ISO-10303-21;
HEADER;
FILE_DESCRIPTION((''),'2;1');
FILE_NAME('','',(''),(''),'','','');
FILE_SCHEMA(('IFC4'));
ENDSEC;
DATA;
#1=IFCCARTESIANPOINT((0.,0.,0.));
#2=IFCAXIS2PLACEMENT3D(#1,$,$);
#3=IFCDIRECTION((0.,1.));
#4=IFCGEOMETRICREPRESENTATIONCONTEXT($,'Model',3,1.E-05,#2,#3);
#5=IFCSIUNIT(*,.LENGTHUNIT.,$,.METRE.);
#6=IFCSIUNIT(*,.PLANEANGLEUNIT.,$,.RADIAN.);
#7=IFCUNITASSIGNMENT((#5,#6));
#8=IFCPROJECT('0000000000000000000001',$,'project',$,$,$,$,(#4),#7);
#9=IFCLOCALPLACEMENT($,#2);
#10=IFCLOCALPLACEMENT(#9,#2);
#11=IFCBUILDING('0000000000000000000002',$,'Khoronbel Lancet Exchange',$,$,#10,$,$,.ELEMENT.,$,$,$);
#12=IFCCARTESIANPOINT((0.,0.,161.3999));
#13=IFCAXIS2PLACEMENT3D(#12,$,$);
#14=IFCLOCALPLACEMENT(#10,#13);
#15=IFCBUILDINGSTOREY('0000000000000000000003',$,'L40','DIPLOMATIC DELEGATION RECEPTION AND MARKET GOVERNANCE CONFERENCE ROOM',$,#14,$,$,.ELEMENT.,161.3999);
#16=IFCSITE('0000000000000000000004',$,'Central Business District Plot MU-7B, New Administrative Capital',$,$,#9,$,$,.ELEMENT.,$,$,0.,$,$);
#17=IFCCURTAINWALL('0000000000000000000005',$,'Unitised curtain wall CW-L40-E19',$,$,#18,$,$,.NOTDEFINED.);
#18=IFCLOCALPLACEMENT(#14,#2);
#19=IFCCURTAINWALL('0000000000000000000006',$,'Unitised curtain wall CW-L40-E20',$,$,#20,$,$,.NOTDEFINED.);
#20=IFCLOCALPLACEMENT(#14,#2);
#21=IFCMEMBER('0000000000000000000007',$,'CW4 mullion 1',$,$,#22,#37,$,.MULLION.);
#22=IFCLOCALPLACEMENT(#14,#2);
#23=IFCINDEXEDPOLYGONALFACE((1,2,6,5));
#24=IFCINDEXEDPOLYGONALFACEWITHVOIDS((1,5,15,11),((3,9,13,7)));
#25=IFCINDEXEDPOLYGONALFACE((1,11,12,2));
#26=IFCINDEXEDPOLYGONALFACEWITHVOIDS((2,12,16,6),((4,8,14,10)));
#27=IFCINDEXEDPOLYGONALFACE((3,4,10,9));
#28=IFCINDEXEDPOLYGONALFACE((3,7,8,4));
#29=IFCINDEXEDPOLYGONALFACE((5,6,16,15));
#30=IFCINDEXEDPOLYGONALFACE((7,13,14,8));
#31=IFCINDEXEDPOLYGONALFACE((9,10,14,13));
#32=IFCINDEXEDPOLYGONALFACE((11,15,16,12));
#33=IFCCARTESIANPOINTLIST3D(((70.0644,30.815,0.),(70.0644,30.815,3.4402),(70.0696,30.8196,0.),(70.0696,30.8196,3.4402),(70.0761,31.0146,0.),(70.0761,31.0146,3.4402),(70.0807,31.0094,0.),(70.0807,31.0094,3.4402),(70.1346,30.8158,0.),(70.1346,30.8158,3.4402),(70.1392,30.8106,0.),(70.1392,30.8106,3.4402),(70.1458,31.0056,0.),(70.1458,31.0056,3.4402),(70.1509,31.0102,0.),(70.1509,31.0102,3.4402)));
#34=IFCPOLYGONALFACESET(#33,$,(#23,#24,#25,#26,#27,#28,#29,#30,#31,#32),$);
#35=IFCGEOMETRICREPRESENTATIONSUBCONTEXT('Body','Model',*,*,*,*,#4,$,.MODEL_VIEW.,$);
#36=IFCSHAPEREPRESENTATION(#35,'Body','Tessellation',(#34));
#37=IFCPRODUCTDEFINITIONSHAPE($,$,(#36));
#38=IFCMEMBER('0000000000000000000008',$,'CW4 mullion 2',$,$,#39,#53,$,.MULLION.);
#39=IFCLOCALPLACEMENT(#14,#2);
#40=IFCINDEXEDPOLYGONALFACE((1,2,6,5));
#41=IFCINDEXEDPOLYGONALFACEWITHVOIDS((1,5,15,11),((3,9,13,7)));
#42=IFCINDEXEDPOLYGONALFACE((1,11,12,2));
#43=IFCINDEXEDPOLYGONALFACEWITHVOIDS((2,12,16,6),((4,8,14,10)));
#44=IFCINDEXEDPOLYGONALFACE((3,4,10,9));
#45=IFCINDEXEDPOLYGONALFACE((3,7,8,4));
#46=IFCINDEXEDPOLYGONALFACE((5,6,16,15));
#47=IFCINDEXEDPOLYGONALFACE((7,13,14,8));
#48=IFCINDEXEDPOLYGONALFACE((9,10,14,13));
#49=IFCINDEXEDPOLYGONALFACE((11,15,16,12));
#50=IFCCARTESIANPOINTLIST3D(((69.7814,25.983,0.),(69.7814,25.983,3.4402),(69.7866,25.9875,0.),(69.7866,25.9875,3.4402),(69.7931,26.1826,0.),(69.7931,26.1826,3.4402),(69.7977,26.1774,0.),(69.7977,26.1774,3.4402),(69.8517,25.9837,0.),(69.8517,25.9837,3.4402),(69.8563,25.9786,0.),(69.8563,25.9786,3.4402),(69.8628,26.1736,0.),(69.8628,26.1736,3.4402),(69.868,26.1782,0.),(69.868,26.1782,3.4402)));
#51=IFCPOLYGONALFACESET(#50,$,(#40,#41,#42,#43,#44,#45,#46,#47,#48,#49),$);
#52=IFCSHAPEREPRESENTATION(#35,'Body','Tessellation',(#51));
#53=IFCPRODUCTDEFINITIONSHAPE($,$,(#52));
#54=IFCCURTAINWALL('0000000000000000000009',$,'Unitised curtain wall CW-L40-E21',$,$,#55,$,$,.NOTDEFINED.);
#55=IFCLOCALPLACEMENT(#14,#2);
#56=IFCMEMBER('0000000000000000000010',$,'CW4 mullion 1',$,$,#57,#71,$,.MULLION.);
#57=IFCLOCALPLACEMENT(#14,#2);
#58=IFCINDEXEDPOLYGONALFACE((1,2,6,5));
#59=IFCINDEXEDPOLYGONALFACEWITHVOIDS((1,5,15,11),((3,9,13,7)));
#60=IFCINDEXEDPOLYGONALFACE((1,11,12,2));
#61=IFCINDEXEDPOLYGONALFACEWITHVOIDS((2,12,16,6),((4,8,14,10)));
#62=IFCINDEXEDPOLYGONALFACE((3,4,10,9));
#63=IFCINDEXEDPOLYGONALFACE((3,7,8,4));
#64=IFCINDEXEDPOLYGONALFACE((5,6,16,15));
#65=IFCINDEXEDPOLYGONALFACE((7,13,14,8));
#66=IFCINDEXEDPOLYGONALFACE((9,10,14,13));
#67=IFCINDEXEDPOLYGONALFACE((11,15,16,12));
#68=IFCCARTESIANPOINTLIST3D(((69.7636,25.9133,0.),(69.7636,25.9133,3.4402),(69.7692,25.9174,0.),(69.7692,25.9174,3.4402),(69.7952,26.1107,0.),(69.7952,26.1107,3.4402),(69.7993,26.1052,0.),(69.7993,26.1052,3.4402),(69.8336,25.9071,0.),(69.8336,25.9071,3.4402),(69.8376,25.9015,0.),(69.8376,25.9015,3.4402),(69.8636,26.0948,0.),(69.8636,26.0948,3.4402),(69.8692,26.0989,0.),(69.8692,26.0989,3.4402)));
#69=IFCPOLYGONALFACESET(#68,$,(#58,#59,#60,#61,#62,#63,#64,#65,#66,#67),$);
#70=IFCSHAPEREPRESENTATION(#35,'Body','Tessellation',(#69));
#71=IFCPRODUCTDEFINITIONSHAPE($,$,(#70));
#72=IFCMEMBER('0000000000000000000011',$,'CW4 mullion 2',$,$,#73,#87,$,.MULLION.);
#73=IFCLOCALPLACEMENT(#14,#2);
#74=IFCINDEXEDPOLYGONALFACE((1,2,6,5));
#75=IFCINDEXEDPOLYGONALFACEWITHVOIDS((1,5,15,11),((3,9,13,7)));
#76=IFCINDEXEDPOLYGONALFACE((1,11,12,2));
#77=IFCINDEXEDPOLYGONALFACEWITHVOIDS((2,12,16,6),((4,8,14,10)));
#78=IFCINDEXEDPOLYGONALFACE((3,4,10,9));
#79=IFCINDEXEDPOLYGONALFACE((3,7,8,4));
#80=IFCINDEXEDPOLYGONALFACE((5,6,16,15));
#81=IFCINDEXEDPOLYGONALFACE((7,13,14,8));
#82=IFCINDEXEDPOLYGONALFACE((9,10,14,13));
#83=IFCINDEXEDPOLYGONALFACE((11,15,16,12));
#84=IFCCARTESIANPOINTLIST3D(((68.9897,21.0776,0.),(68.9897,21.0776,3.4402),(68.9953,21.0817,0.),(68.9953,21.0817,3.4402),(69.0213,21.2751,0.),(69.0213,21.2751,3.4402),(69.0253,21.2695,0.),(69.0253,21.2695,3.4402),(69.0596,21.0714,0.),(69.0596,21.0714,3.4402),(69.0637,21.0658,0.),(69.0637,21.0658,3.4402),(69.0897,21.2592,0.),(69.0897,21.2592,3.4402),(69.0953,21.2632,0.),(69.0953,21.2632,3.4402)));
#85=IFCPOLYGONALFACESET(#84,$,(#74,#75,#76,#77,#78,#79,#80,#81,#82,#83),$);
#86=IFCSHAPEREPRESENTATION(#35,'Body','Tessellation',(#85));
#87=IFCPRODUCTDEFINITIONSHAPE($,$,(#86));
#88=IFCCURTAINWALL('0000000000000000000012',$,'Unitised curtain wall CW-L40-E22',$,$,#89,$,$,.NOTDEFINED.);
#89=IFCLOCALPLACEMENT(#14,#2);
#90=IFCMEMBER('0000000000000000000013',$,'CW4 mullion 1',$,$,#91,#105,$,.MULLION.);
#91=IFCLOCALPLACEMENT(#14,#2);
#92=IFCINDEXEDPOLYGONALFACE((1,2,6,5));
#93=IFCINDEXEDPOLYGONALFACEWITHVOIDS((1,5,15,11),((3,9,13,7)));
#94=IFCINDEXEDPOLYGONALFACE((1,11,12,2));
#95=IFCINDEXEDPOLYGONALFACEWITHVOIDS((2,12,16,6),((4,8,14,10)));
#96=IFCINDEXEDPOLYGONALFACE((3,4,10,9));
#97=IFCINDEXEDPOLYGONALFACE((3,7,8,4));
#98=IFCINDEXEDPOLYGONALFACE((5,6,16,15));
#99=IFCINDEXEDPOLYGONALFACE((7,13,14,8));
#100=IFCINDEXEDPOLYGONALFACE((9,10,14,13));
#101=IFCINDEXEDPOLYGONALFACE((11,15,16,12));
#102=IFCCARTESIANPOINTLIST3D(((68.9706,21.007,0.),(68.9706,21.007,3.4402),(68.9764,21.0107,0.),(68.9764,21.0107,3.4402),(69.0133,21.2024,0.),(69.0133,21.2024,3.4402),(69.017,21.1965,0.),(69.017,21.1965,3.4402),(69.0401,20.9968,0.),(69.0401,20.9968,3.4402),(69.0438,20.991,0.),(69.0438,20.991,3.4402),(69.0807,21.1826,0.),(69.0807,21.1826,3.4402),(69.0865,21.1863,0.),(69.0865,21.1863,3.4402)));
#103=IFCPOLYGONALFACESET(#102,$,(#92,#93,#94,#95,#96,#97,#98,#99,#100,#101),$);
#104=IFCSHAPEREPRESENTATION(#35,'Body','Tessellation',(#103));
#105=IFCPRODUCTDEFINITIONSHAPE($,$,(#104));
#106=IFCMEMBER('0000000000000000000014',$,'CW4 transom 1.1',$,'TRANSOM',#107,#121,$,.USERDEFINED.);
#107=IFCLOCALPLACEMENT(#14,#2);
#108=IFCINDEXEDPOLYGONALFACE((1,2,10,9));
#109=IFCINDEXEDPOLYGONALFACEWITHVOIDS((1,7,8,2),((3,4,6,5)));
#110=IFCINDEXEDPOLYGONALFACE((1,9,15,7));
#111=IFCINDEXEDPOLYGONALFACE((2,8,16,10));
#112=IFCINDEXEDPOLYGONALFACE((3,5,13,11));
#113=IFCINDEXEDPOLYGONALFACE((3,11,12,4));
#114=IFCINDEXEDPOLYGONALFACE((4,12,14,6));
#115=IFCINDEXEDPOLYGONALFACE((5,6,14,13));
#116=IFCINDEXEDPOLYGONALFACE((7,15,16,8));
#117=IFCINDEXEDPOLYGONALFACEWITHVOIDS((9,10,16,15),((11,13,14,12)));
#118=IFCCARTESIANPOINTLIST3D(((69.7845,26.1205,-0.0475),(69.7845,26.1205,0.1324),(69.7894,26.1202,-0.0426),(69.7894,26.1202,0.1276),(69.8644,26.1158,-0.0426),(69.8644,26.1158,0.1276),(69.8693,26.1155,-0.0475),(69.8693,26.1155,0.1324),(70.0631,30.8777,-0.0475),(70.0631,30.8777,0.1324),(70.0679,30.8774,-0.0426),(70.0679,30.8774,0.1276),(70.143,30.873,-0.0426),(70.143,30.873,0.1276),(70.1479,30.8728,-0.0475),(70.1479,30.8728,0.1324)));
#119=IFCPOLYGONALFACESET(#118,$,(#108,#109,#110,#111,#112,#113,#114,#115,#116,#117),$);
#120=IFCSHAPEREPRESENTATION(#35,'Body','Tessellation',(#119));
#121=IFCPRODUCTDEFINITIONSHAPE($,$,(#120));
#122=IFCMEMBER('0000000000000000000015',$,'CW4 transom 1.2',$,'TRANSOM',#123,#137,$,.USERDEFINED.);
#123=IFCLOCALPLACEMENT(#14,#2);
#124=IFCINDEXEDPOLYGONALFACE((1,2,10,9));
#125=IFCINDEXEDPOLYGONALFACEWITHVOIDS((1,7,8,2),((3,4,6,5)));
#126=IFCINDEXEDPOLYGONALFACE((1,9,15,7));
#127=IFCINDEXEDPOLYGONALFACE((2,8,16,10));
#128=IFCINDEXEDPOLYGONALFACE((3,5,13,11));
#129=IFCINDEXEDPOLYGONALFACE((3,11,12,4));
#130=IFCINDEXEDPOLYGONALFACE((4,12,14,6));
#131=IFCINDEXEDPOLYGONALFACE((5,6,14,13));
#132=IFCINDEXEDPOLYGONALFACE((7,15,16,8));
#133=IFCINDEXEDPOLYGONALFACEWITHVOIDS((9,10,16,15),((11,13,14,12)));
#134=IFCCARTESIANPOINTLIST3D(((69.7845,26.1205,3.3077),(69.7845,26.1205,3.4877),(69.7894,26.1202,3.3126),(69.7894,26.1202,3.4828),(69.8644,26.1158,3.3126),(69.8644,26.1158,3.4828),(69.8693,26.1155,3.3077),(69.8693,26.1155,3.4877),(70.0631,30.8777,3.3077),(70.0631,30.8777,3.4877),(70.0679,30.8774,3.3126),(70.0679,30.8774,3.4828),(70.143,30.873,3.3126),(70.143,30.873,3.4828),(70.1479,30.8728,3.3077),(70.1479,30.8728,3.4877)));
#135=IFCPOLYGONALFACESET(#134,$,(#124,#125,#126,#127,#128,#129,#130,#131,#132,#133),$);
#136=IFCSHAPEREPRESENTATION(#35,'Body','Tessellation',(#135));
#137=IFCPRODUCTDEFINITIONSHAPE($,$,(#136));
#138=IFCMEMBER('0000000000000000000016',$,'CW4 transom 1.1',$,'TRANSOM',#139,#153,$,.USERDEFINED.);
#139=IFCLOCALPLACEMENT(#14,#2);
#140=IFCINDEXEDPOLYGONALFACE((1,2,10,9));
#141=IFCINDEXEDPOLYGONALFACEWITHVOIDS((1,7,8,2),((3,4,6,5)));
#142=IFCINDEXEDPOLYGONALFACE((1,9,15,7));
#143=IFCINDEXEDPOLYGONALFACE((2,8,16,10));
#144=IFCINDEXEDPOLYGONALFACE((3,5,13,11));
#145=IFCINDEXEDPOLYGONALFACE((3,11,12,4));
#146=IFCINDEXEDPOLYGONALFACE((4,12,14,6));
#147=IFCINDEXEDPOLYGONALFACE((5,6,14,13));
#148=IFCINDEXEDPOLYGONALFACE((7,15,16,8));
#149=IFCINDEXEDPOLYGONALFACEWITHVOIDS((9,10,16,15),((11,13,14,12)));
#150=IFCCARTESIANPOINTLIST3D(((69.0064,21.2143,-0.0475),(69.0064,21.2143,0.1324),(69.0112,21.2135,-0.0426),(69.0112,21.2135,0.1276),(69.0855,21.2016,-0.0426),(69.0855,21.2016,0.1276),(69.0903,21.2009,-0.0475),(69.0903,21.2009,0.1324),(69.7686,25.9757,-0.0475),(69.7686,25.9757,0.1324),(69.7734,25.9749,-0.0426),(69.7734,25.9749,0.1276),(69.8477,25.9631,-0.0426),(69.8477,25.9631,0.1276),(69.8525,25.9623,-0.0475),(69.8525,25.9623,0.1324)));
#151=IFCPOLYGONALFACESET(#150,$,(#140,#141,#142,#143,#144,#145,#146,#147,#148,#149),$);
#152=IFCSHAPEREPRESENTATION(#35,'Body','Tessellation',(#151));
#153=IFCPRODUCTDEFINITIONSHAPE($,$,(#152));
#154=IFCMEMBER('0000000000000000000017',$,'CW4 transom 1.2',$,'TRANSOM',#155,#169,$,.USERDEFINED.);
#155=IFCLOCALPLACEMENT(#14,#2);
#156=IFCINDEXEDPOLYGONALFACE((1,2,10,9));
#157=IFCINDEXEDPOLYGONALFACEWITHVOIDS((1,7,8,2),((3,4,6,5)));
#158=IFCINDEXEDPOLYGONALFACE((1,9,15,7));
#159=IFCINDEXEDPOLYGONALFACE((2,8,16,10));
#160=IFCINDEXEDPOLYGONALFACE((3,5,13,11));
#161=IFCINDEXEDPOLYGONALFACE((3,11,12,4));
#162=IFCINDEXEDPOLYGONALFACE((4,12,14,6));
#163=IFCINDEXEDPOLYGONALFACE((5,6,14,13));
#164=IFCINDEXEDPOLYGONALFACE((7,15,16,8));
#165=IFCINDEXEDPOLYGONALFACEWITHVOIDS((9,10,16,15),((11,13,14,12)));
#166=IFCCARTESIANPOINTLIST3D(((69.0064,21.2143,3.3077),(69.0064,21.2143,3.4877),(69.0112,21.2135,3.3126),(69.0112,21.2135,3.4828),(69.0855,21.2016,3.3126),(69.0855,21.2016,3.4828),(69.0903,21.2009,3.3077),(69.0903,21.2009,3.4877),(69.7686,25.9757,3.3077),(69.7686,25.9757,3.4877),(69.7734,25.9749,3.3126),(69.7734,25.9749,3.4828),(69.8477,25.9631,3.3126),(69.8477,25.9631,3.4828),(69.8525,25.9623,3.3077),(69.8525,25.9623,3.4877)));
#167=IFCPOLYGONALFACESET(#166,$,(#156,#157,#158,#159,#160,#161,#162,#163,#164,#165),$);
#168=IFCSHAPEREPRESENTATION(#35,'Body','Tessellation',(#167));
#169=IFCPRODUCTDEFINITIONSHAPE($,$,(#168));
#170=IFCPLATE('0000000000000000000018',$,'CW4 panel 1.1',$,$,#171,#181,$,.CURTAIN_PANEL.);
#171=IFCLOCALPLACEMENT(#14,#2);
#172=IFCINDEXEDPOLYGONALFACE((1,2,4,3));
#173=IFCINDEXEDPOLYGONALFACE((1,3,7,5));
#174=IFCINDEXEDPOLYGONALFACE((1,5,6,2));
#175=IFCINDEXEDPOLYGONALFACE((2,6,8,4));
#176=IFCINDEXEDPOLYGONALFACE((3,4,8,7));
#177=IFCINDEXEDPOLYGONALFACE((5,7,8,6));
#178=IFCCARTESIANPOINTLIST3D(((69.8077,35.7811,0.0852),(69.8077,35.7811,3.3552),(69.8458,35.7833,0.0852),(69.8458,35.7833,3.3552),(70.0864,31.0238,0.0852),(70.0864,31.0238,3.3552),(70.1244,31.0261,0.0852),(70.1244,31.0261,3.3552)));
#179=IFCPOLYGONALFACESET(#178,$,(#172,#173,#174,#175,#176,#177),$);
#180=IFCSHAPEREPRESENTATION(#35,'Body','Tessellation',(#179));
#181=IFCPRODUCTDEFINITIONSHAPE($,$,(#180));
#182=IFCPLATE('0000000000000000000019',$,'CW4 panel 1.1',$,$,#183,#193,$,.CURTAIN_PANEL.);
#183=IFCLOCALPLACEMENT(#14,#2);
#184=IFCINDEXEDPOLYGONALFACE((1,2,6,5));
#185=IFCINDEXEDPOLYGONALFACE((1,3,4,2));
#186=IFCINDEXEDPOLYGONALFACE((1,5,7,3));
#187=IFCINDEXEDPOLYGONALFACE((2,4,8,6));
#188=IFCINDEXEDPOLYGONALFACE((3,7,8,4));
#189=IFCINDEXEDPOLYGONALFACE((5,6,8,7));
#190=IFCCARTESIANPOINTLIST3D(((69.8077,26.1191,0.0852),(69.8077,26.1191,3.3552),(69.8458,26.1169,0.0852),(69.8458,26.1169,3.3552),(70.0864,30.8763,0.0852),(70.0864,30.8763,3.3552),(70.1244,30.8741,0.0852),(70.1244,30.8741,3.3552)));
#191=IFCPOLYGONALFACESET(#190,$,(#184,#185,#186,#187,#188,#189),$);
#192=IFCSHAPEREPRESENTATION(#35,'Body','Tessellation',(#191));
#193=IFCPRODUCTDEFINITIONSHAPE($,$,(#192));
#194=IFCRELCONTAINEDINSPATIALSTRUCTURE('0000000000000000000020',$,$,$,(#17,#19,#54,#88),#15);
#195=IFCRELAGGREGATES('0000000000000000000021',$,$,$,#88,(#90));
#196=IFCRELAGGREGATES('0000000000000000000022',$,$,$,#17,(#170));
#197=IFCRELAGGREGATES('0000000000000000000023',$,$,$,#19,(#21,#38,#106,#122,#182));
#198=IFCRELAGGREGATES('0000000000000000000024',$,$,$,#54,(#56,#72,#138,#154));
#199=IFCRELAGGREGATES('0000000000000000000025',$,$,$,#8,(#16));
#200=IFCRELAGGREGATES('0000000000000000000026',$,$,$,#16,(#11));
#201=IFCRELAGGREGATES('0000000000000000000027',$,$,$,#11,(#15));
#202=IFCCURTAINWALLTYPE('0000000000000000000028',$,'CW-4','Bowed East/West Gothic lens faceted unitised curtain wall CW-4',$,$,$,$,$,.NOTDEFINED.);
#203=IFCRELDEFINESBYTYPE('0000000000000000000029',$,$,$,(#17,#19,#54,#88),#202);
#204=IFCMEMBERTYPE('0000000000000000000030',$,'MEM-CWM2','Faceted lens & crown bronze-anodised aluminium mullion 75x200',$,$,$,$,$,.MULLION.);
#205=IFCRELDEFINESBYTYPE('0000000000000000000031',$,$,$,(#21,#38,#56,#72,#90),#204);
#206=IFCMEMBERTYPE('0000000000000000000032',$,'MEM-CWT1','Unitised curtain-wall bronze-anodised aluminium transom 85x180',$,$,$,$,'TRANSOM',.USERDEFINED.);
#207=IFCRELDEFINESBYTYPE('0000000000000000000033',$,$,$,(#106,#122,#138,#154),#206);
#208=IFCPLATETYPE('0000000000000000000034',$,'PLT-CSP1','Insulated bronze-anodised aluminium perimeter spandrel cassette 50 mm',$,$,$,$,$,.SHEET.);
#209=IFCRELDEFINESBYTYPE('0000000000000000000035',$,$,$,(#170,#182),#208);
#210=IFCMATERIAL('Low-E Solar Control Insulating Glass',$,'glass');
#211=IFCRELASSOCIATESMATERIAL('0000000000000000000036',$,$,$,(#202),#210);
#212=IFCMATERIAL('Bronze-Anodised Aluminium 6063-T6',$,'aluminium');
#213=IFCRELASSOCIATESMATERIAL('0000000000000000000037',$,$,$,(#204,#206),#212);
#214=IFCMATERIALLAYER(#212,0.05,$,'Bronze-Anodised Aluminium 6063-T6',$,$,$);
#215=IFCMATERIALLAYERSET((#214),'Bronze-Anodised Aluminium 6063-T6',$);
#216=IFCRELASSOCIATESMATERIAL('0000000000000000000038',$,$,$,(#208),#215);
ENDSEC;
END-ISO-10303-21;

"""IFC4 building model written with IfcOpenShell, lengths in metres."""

from ifc_helpers import new_model, si_unit, direction, frame, origin, origin_2d, place, context, subcontext, project, spatial, rectangle, hollow_rectangle, extrude, material, layer, layer_set, material_profile, profile_set, type_object, element, aggregate, save


model = new_model("IFC4")

# Units and contexts
model_context = context("Model", 3, precision=1e-05, world=origin(), true_north=direction((0.0, 1.0)))
body_context = subcontext(model_context, "Body", "Model", "MODEL_VIEW")
ifc_project = project(units=[si_unit("LENGTHUNIT", "METRE"), si_unit("PLANEANGLEUNIT", "RADIAN")], contexts=[model_context])

# Site, building, storey
site_placement = place(None, origin())
site = spatial("IfcSite", under=ifc_project, at=site_placement, Name="Central Business District Plot MU-7B, New Administrative Capital", CompositionType="ELEMENT", RefElevation=0.0)
building_placement = place(site_placement, origin())
building = spatial("IfcBuilding", under=site, at=building_placement, Name="Khoronbel Lancet Exchange", CompositionType="ELEMENT")
storey_placement = place(building_placement, frame((0.0, 0.0, 161.3999)))
storey = spatial("IfcBuildingStorey", under=building, at=storey_placement, Name="L40", Description="DIPLOMATIC DELEGATION RECEPTION AND MARKET GOVERNANCE CONFERENCE ROOM", CompositionType="ELEMENT", Elevation=161.3999)

# Curtain wall
ifc_material_1 = material(Name="Low-E Solar Control Insulating Glass", Category="glass")
curtain_wall_type = type_object("IfcCurtainWallType", Name="CW-4", Description="Bowed East/West Gothic lens faceted unitised curtain wall CW-4", PredefinedType="NOTDEFINED", material=ifc_material_1)
curtain_wall_1_placement = place(storey_placement, origin())
curtain_wall_1 = element("IfcCurtainWall", 1, at=curtain_wall_1_placement, inside=storey, type_object=curtain_wall_type, Name="Unitised curtain wall CW-L40-E19", PredefinedType="NOTDEFINED")
ifc_material_2 = material(Name="Bronze-Anodised Aluminium 6063-T6", Category="aluminium")
ifc_material_profile_1 = material_profile(ifc_material_2, hollow_rectangle(XDim=0.075, YDim=0.2, WallThickness=0.0049, at=origin_2d()), Name="ALU MULLION 75x200")
ifc_profile_set_1 = profile_set([ifc_material_profile_1], Name="Bronze-Anodised Aluminium 6063-T6")
member_type_1 = type_object("IfcMemberType", Name="MEM-CWM2", Description="Faceted lens & crown bronze-anodised aluminium mullion 75x200", PredefinedType="MULLION", material=ifc_profile_set_1)

# Curtain walls, members
curtain_wall_2_placement = place(storey_placement, origin())
curtain_wall_2 = element("IfcCurtainWall", 2, at=curtain_wall_2_placement, inside=storey, type_object=curtain_wall_type, Name="Unitised curtain wall CW-L40-E20", PredefinedType="NOTDEFINED")
member_1_placement = place(storey_placement, frame((70.1077, 30.9126, 0.0), z_axis=(0.0, 0.0, 1.0), x_axis=(0.998289, -0.05847, 0.0)))
member_1 = element("IfcMember", 3, at=member_1_placement, type_object=member_type_1, Name="CW4 mullion 1", PredefinedType="MULLION", context=body_context, shape_type="SweptSolid", body=[
    extrude(hollow_rectangle(XDim=0.075, YDim=0.2, WallThickness=0.0049, at=origin_2d()), origin(), (0.0, 0.0, 1.0), 3.4402),
])
member_2_placement = place(storey_placement, frame((69.8247, 26.0806, 0.0), z_axis=(0.0, 0.0, 1.0), x_axis=(0.998289, -0.05847, 0.0)))
member_2 = element("IfcMember", 4, at=member_2_placement, type_object=member_type_1, Name="CW4 mullion 2", PredefinedType="MULLION", context=body_context, shape_type="SweptSolid", body=[
    extrude(hollow_rectangle(XDim=0.075, YDim=0.2, WallThickness=0.0049, at=origin_2d()), origin(), (0.0, 0.0, 1.0), 3.4402),
])
curtain_wall_3_placement = place(storey_placement, origin())
curtain_wall_3 = element("IfcCurtainWall", 5, at=curtain_wall_3_placement, inside=storey, type_object=curtain_wall_type, Name="Unitised curtain wall CW-L40-E21", PredefinedType="NOTDEFINED")
member_3_placement = place(storey_placement, frame((69.8164, 26.0061, 0.0), z_axis=(0.0, 0.0, 1.0), x_axis=(0.98743, -0.158059, 0.0)))
member_3 = element("IfcMember", 6, at=member_3_placement, type_object=member_type_1, Name="CW4 mullion 1", PredefinedType="MULLION", context=body_context, shape_type="SweptSolid", body=[
    extrude(hollow_rectangle(XDim=0.075, YDim=0.2, WallThickness=0.0049, at=origin_2d()), origin(), (0.0, 0.0, 1.0), 3.4402),
])
member_4_placement = place(storey_placement, frame((69.0425, 21.1704, 0.0), z_axis=(0.0, 0.0, 1.0), x_axis=(0.98743, -0.158059, 0.0)))
member_4 = element("IfcMember", 7, at=member_4_placement, type_object=member_type_1, Name="CW4 mullion 2", PredefinedType="MULLION", context=body_context, shape_type="SweptSolid", body=[
    extrude(hollow_rectangle(XDim=0.075, YDim=0.2, WallThickness=0.0049, at=origin_2d()), origin(), (0.0, 0.0, 1.0), 3.4402),
])

# Curtain wall, member
curtain_wall_4_placement = place(storey_placement, origin())
curtain_wall_4 = element("IfcCurtainWall", 8, at=curtain_wall_4_placement, inside=storey, type_object=curtain_wall_type, Name="Unitised curtain wall CW-L40-E22", PredefinedType="NOTDEFINED")
member_5_placement = place(storey_placement, frame((69.0286, 21.0967, 0.0), z_axis=(0.0, 0.0, 1.0), x_axis=(0.976923, -0.213591, 0.0)))
member_5 = element("IfcMember", 9, at=member_5_placement, type_object=member_type_1, Name="CW4 mullion 1", PredefinedType="MULLION", context=body_context, shape_type="SweptSolid", body=[
    extrude(hollow_rectangle(XDim=0.075, YDim=0.2, WallThickness=0.0049, at=origin_2d()), origin(), (0.0, 0.0, 1.0), 3.4402),
])
aggregate(curtain_wall_4, [member_5])

# Members
ifc_material_profile_2 = material_profile(ifc_material_2, hollow_rectangle(XDim=0.085, YDim=0.1799, WallThickness=0.0049, at=origin_2d()), Name="ALU TRANSOM 85x180")
ifc_profile_set_2 = profile_set([ifc_material_profile_2], Name="Bronze-Anodised Aluminium 6063-T6")
member_type_2 = type_object("IfcMemberType", Name="MEM-CWT1", Description="Unitised curtain-wall bronze-anodised aluminium transom 85x180", ElementType="TRANSOM", PredefinedType="USERDEFINED", material=ifc_profile_set_2)
member_6_placement = place(storey_placement, frame((70.1055, 30.8752, 0.0425), z_axis=(-0.058455, -0.99829, 0.0), x_axis=(0.99829, -0.058455, 0.0)))
member_6 = element("IfcMember", 10, at=member_6_placement, type_object=member_type_2, Name="CW4 transom 1.1", ObjectType="TRANSOM", PredefinedType="USERDEFINED", context=body_context, shape_type="SweptSolid", body=[
    extrude(hollow_rectangle(XDim=0.085, YDim=0.1799, WallThickness=0.0049, at=origin_2d()), origin(), (0.0, 0.0, 1.0), 4.7654),
])
member_7_placement = place(storey_placement, frame((70.1055, 30.8752, 3.3977), z_axis=(-0.058455, -0.99829, 0.0), x_axis=(0.99829, -0.058455, 0.0)))
member_7 = element("IfcMember", 11, at=member_7_placement, type_object=member_type_2, Name="CW4 transom 1.2", ObjectType="TRANSOM", PredefinedType="USERDEFINED", context=body_context, shape_type="SweptSolid", body=[
    extrude(hollow_rectangle(XDim=0.085, YDim=0.1799, WallThickness=0.0049, at=origin_2d()), origin(), (0.0, 0.0, 1.0), 4.7654),
])
member_8_placement = place(storey_placement, frame((69.8105, 25.969, 0.0425), z_axis=(-0.158066, -0.987429, 0.0), x_axis=(0.987429, -0.158066, 0.0)))
member_8 = element("IfcMember", 12, at=member_8_placement, type_object=member_type_2, Name="CW4 transom 1.1", ObjectType="TRANSOM", PredefinedType="USERDEFINED", context=body_context, shape_type="SweptSolid", body=[
    extrude(hollow_rectangle(XDim=0.085, YDim=0.1799, WallThickness=0.0049, at=origin_2d()), origin(), (0.0, 0.0, 1.0), 4.822),
])
member_9_placement = place(storey_placement, frame((69.8105, 25.969, 3.3977), z_axis=(-0.158066, -0.987429, 0.0), x_axis=(0.987429, -0.158066, 0.0)))
member_9 = element("IfcMember", 13, at=member_9_placement, type_object=member_type_2, Name="CW4 transom 1.2", ObjectType="TRANSOM", PredefinedType="USERDEFINED", context=body_context, shape_type="SweptSolid", body=[
    extrude(hollow_rectangle(XDim=0.085, YDim=0.1799, WallThickness=0.0049, at=origin_2d()), origin(), (0.0, 0.0, 1.0), 4.822),
])

# Plates
ifc_layer_1 = layer(ifc_material_2, 0.05, Name="Bronze-Anodised Aluminium 6063-T6")
ifc_layer_set_1 = layer_set([ifc_layer_1], Name="Bronze-Anodised Aluminium 6063-T6")
plate_type = type_object("IfcPlateType", Name="PLT-CSP1", Description="Insulated bronze-anodised aluminium perimeter spandrel cassette 50 mm", PredefinedType="SHEET", material=ifc_layer_set_1)
plate_1_placement = place(storey_placement, frame((69.9661, 33.4036, 0.0852), z_axis=(0.0, 0.0, 1.0), x_axis=(0.05847, -0.998289, 0.0)))
plate_1 = element("IfcPlate", 14, at=plate_1_placement, type_object=plate_type, Name="CW4 panel 1.1", PredefinedType="CURTAIN_PANEL", context=body_context, shape_type="SweptSolid", body=[
    extrude(rectangle(XDim=4.7654, YDim=0.0381, at=origin_2d()), origin(), (0.0, 0.0, 1.0), 3.27),
])
aggregate(curtain_wall_1, [plate_1])
plate_2_placement = place(storey_placement, frame((69.9661, 28.4966, 0.0852), z_axis=(0.0, 0.0, 1.0), x_axis=(-0.05847, -0.998289, 0.0)))
plate_2 = element("IfcPlate", 15, at=plate_2_placement, type_object=plate_type, Name="CW4 panel 1.1", PredefinedType="CURTAIN_PANEL", context=body_context, shape_type="SweptSolid", body=[
    extrude(rectangle(XDim=4.7654, YDim=0.0381, at=origin_2d()), origin(), (0.0, 0.0, 1.0), 3.27),
])
aggregate(curtain_wall_2, [member_1, member_2, member_6, member_7, plate_2])
aggregate(curtain_wall_3, [member_3, member_4, member_8, member_9])

save(model, "model.ifc")
